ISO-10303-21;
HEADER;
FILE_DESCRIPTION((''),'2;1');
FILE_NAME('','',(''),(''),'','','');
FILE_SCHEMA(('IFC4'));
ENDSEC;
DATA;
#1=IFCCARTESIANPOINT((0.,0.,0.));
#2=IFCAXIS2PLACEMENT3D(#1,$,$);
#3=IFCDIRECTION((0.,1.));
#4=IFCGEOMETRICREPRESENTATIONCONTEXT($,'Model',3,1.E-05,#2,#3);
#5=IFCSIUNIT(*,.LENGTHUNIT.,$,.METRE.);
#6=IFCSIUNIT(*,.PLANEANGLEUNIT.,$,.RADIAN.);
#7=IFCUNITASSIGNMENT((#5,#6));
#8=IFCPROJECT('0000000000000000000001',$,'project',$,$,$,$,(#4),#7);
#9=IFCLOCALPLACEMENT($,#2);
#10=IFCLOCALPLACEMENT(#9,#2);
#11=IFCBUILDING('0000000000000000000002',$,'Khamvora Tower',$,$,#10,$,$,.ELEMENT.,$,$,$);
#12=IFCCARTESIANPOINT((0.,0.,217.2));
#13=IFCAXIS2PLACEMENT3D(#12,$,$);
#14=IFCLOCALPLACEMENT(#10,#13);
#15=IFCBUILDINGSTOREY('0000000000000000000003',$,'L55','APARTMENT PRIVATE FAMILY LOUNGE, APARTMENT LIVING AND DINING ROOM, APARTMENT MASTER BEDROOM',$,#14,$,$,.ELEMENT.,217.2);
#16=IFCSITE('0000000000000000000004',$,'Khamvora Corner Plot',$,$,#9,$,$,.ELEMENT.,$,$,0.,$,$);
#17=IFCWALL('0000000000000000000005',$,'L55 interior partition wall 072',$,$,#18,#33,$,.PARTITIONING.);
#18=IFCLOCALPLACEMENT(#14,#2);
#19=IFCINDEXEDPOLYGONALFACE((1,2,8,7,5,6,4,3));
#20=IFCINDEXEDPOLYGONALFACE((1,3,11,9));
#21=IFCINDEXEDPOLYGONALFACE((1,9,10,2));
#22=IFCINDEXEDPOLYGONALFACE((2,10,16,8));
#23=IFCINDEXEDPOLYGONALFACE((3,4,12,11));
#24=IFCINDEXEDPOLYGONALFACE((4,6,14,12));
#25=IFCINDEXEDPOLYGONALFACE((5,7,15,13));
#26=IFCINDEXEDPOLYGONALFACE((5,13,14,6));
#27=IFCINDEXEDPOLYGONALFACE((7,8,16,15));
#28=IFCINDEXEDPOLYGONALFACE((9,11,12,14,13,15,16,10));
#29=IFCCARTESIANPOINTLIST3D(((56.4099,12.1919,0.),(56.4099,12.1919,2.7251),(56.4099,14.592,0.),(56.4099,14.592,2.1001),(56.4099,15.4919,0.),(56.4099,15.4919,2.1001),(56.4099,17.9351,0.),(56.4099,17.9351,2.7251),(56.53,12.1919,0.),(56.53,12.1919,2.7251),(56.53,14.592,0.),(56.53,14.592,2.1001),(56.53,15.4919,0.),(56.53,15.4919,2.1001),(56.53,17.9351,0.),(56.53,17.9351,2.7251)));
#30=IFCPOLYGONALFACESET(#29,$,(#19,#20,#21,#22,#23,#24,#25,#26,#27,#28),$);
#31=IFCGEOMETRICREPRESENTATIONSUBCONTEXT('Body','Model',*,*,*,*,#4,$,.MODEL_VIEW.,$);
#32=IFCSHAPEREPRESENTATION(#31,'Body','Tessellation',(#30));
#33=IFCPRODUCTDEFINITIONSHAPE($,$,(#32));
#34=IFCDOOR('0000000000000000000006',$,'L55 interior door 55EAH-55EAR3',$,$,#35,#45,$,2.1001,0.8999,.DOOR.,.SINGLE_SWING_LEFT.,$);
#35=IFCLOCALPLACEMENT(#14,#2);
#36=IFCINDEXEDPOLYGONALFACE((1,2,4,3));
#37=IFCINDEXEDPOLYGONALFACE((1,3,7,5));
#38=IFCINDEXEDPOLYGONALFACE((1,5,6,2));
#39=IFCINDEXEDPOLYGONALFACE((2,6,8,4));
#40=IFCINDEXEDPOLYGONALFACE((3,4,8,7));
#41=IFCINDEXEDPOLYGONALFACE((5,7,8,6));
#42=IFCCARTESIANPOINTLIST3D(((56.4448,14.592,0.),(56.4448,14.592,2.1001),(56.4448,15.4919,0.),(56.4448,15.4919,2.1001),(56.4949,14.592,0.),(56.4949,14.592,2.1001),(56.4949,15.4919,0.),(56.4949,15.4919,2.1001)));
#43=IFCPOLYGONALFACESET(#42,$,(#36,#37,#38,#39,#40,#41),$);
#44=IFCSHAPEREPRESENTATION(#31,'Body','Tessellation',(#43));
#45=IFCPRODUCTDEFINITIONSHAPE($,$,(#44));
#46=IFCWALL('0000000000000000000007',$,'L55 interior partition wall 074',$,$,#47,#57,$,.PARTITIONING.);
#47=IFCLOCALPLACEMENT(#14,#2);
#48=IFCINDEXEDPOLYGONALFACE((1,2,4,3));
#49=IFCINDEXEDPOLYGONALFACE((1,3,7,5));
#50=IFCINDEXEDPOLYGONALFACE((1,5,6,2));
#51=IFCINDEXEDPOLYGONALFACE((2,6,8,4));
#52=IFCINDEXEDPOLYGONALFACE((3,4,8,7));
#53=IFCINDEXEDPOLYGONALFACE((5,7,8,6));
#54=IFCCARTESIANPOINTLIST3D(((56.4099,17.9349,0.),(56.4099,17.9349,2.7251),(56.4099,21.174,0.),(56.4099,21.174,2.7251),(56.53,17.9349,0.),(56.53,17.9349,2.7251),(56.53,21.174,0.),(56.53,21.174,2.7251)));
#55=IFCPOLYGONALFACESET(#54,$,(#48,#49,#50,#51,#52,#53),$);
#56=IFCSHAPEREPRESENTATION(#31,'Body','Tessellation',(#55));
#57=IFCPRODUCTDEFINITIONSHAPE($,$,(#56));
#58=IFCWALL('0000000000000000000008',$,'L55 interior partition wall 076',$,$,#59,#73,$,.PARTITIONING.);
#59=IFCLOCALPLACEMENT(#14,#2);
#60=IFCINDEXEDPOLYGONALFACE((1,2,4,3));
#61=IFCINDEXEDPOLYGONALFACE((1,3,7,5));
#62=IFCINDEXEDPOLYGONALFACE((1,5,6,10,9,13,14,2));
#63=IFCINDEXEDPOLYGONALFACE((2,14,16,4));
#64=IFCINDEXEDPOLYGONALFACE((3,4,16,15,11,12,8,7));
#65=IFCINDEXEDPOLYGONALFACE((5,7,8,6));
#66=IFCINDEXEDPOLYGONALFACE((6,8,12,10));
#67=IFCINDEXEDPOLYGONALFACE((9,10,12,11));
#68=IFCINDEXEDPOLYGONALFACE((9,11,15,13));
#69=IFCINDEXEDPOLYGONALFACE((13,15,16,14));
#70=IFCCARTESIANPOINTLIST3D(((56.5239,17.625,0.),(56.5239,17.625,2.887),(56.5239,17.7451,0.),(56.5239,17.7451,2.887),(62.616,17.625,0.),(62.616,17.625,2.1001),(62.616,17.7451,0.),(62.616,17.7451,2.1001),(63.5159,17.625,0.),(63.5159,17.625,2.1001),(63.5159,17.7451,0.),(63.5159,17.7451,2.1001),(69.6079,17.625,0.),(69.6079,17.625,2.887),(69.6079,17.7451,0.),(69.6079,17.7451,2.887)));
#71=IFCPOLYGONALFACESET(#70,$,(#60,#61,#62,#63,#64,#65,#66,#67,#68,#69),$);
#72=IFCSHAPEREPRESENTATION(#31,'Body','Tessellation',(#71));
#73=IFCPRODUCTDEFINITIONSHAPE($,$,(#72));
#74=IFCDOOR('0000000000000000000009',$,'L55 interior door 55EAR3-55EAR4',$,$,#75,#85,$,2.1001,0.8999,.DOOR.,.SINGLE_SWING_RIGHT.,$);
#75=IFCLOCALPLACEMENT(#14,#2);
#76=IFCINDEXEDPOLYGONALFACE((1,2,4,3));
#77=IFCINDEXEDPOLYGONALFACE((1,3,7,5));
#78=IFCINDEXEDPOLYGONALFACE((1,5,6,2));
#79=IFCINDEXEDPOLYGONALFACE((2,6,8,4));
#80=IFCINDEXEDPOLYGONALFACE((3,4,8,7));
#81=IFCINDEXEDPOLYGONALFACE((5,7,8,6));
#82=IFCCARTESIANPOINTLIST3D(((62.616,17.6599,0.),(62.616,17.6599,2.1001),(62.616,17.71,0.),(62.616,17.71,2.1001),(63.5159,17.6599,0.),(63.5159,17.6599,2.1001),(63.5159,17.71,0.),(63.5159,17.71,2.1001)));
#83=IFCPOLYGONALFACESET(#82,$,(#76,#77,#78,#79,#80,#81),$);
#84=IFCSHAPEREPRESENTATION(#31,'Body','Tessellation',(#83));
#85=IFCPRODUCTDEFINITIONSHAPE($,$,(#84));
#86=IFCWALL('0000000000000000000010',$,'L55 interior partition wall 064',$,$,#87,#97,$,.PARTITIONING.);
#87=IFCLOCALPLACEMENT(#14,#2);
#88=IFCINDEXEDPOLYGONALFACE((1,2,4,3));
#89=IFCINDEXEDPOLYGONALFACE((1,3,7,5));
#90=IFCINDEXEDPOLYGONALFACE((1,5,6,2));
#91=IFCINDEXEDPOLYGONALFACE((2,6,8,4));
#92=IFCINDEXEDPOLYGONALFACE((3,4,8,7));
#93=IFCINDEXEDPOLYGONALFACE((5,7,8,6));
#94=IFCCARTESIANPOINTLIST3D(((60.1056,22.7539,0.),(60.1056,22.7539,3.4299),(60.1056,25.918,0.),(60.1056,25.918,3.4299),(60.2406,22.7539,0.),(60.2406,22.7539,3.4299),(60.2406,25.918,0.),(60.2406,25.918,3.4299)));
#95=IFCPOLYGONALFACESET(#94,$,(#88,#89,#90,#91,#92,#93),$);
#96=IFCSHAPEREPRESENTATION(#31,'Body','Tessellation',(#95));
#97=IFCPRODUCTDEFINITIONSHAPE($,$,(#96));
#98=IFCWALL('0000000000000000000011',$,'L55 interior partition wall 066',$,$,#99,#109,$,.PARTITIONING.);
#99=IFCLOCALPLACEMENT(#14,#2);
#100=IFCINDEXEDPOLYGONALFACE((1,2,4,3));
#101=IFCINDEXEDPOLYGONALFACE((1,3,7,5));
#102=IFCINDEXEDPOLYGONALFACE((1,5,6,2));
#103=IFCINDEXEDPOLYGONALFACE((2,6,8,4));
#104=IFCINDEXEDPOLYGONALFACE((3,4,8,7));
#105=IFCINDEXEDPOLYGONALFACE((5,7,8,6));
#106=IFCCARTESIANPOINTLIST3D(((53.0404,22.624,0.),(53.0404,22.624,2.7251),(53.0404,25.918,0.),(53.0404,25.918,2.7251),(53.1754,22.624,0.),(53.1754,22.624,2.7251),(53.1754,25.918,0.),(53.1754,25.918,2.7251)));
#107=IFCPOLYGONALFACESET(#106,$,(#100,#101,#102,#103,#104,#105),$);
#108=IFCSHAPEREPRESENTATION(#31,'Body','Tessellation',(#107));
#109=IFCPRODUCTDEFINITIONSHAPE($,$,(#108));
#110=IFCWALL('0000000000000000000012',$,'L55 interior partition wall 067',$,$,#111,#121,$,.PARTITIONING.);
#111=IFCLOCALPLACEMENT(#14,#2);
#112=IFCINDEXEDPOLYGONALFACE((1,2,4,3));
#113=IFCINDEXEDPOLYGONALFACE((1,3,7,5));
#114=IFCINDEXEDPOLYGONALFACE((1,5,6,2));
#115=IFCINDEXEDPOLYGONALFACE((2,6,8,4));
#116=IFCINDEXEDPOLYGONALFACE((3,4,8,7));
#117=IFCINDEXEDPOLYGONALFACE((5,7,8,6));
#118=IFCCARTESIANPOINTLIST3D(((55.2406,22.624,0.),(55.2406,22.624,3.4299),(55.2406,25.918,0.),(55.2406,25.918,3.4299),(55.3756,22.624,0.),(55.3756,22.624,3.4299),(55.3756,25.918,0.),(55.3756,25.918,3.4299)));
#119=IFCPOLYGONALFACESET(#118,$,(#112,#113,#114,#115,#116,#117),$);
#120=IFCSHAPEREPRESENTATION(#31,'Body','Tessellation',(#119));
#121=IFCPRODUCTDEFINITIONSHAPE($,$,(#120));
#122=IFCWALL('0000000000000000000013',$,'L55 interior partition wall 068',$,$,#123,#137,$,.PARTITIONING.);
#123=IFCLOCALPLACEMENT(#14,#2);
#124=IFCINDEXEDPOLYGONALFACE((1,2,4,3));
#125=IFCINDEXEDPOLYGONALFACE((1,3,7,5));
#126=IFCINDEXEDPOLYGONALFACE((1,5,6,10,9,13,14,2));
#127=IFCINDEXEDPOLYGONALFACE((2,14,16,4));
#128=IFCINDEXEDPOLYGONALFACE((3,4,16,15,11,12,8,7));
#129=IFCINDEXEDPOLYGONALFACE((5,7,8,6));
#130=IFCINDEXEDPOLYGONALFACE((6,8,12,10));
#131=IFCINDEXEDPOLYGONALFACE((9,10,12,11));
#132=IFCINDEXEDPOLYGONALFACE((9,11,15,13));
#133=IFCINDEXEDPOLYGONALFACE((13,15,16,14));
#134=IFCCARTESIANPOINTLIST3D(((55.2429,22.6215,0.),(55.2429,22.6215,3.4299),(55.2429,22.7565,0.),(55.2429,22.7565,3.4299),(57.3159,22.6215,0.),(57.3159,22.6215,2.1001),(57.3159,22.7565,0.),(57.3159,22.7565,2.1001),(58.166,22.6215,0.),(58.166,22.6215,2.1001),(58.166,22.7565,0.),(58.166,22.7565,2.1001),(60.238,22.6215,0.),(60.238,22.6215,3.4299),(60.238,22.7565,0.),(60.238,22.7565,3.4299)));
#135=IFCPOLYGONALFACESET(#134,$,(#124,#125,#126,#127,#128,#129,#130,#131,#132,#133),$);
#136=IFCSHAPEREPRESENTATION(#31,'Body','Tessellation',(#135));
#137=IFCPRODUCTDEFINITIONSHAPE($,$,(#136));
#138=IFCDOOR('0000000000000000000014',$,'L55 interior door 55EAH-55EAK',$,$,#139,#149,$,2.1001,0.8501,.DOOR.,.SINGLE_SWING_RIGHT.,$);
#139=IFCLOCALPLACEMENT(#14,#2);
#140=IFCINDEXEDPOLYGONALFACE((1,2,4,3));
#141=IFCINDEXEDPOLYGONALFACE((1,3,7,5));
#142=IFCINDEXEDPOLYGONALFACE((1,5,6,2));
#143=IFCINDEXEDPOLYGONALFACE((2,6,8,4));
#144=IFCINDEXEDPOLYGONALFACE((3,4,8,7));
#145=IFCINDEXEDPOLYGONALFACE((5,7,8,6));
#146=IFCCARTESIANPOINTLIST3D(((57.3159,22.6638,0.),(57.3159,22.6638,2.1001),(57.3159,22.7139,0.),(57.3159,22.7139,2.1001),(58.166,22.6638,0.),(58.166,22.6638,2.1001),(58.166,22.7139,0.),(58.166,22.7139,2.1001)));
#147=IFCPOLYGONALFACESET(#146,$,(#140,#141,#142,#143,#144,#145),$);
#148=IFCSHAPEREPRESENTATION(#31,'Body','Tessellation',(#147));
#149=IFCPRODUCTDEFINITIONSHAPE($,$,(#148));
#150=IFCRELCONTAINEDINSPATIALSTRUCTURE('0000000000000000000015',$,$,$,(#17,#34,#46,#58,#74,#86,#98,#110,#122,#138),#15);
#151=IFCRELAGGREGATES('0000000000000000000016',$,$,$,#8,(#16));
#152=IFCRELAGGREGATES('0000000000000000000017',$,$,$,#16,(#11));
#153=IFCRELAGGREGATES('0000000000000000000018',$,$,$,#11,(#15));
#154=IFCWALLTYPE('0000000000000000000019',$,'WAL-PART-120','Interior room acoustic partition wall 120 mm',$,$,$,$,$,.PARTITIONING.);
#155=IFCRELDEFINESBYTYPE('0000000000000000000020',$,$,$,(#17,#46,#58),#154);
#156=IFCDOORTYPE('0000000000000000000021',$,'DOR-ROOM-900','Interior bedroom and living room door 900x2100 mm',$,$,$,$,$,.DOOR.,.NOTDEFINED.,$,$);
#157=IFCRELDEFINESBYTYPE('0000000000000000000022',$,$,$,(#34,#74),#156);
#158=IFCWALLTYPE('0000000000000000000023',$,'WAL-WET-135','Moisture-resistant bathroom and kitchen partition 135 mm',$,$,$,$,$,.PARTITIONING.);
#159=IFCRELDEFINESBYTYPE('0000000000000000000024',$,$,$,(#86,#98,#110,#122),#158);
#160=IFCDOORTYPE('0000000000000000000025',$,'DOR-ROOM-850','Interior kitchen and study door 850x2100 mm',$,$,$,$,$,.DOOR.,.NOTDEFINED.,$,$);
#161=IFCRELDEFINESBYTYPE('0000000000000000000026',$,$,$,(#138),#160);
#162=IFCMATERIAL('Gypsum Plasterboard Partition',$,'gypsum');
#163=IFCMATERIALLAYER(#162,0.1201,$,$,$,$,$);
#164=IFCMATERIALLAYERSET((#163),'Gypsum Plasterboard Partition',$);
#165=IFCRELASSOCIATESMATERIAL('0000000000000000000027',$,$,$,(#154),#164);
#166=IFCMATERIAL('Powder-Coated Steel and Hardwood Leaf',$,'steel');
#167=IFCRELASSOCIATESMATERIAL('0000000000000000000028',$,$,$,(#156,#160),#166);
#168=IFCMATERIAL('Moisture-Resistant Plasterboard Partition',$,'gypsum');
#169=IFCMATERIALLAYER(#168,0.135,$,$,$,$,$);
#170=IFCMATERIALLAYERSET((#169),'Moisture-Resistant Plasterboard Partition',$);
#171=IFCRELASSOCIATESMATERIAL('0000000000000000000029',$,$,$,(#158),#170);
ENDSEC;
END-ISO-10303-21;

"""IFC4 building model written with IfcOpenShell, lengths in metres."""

from ifc_helpers import new_model, si_unit, direction, frame, frame_2d, origin, place, context, subcontext, project, spatial, rectangle, extrude, material, layer, layer_set, type_object, element, fill, save


model = new_model("IFC4")

# Units and contexts
model_context = context("Model", 3, precision=1e-05, world=origin(), true_north=direction((0.0, 1.0)))
body_context = subcontext(model_context, "Body", "Model", "MODEL_VIEW")
ifc_project = project(units=[si_unit("LENGTHUNIT", "METRE"), si_unit("PLANEANGLEUNIT", "RADIAN")], contexts=[model_context])

# Site, building, storey
site_placement = place(None, origin())
site = spatial("IfcSite", under=ifc_project, at=site_placement, Name="Khamvora Corner Plot", CompositionType="ELEMENT", RefElevation=0.0)
building_placement = place(site_placement, origin())
building = spatial("IfcBuilding", under=site, at=building_placement, Name="Khamvora Tower", CompositionType="ELEMENT")
storey_placement = place(building_placement, frame((0.0, 0.0, 217.2)))
storey = spatial("IfcBuildingStorey", under=building, at=storey_placement, Name="L55", Description="APARTMENT PRIVATE FAMILY LOUNGE, APARTMENT LIVING AND DINING ROOM, APARTMENT MASTER BEDROOM", CompositionType="ELEMENT", Elevation=217.2)

# Shared definitions
ifc_material_1 = material(Name="Gypsum Plasterboard Partition", Category="gypsum")
ifc_layer_1 = layer(ifc_material_1, 0.1201)
ifc_layer_set_1 = layer_set([ifc_layer_1], Name="Gypsum Plasterboard Partition")
wall_type_1 = type_object("IfcWallType", Name="WAL-PART-120", Description="Interior room acoustic partition wall 120 mm", PredefinedType="PARTITIONING", material=ifc_layer_set_1)
ifc_material_2 = material(Name="Powder-Coated Steel and Hardwood Leaf", Category="steel")
door_type_1 = type_object("IfcDoorType", Name="DOR-ROOM-900", Description="Interior bedroom and living room door 900x2100 mm", OperationType="NOTDEFINED", PredefinedType="DOOR", material=ifc_material_2)

# Wall, opening, door
wall_1_placement = place(storey_placement, frame((56.47, 17.9351, 0.0), z_axis=(0.0, 0.0, 1.0), x_axis=(0.0, -1.0, 0.0)))
wall_1 = element("IfcWall", 1, at=wall_1_placement, inside=storey, type_object=wall_type_1, Name="L55 interior partition wall 072", PredefinedType="PARTITIONING", context=body_context, shape_type="SweptSolid", body=[
    extrude(rectangle(XDim=5.7432, YDim=0.1201, at=frame_2d((2.8716, 0.0))), origin(), (0.0, 0.0, 1.0), 2.7251),
])
opening_1_placement = place(wall_1_placement, frame((2.4431, 0.0, 0.0)))
opening_1 = element("IfcOpeningElement", 2, at=opening_1_placement, cuts=wall_1, PredefinedType="OPENING", context=body_context, shape_type="SweptSolid", body=[
    extrude(rectangle(XDim=0.8999, YDim=2.1001, at=frame_2d((0.45, 1.05))), frame((0.0, 0.0701, 0.0), z_axis=(0.0, -1.0, 0.0), x_axis=(1.0, 0.0, 0.0)), (0.0, 0.0, 1.0), 0.1401),
])
door_1_placement = place(opening_1_placement, origin())
door_1 = element("IfcDoor", 3, at=door_1_placement, inside=storey, type_object=door_type_1, Name="L55 interior door 55EAH-55EAR3", OperationType="SINGLE_SWING_LEFT", OverallHeight=2.1001, OverallWidth=0.8999, PredefinedType="DOOR", context=body_context, shape_type="SweptSolid", body=[
    extrude(rectangle(XDim=0.8999, YDim=2.1001, at=frame_2d((0.45, 1.05))), frame((0.0, 0.0249, 0.0), z_axis=(0.0, -1.0, 0.0), x_axis=(1.0, 0.0, 0.0)), (0.0, 0.0, 1.0), 0.05),
])
fill(opening_1, door_1)

# Wall
wall_2_placement = place(storey_placement, frame((56.47, 21.1741, 0.0), z_axis=(0.0, 0.0, 1.0), x_axis=(0.0, -1.0, 0.0)))
element("IfcWall", 4, at=wall_2_placement, inside=storey, type_object=wall_type_1, Name="L55 interior partition wall 074", PredefinedType="PARTITIONING", context=body_context, shape_type="SweptSolid", body=[
    extrude(rectangle(XDim=3.239, YDim=0.1201, at=frame_2d((1.6196, 0.0))), origin(), (0.0, 0.0, 1.0), 2.7251),
])

# Wall, opening, door
wall_3_placement = place(storey_placement, frame((56.5239, 17.6851, 0.0), z_axis=(0.0, 0.0, 1.0), x_axis=(1.0, 0.0, 0.0)))
wall_3 = element("IfcWall", 5, at=wall_3_placement, inside=storey, type_object=wall_type_1, Name="L55 interior partition wall 076", PredefinedType="PARTITIONING", context=body_context, shape_type="SweptSolid", body=[
    extrude(rectangle(XDim=13.084, YDim=0.1201, at=frame_2d((6.542, 0.0))), origin(), (0.0, 0.0, 1.0), 2.887),
])
opening_2_placement = place(wall_3_placement, frame((6.092, 0.0, 0.0)))
opening_2 = element("IfcOpeningElement", 6, at=opening_2_placement, cuts=wall_3, PredefinedType="OPENING", context=body_context, shape_type="SweptSolid", body=[
    extrude(rectangle(XDim=0.8999, YDim=2.1001, at=frame_2d((0.45, 1.05))), frame((0.0, 0.0701, 0.0), z_axis=(0.0, -1.0, 0.0), x_axis=(1.0, 0.0, 0.0)), (0.0, 0.0, 1.0), 0.1401),
])
door_2_placement = place(opening_2_placement, origin())
door_2 = element("IfcDoor", 7, at=door_2_placement, inside=storey, type_object=door_type_1, Name="L55 interior door 55EAR3-55EAR4", OperationType="SINGLE_SWING_RIGHT", OverallHeight=2.1001, OverallWidth=0.8999, PredefinedType="DOOR", context=body_context, shape_type="SweptSolid", body=[
    extrude(rectangle(XDim=0.8999, YDim=2.1001, at=frame_2d((0.45, 1.05))), frame((0.0, 0.0249, 0.0), z_axis=(0.0, -1.0, 0.0), x_axis=(1.0, 0.0, 0.0)), (0.0, 0.0, 1.0), 0.05),
])
fill(opening_2, door_2)

# Walls
ifc_material_3 = material(Name="Moisture-Resistant Plasterboard Partition", Category="gypsum")
ifc_layer_2 = layer(ifc_material_3, 0.135)
ifc_layer_set_2 = layer_set([ifc_layer_2], Name="Moisture-Resistant Plasterboard Partition")
wall_type_2 = type_object("IfcWallType", Name="WAL-WET-135", Description="Moisture-resistant bathroom and kitchen partition 135 mm", PredefinedType="PARTITIONING", material=ifc_layer_set_2)
wall_4_placement = place(storey_placement, frame((60.1731, 22.7539, 0.0), z_axis=(0.0, 0.0, 1.0), x_axis=(0.0, 1.0, 0.0)))
element("IfcWall", 8, at=wall_4_placement, inside=storey, type_object=wall_type_2, Name="L55 interior partition wall 064", PredefinedType="PARTITIONING", context=body_context, shape_type="SweptSolid", body=[
    extrude(rectangle(XDim=3.1641, YDim=0.135, at=frame_2d((1.582, 0.0))), origin(), (0.0, 0.0, 1.0), 3.4299),
])
wall_5_placement = place(storey_placement, frame((53.1079, 22.624, 0.0), z_axis=(0.0, 0.0, 1.0), x_axis=(0.0, 1.0, 0.0)))
element("IfcWall", 9, at=wall_5_placement, inside=storey, type_object=wall_type_2, Name="L55 interior partition wall 066", PredefinedType="PARTITIONING", context=body_context, shape_type="SweptSolid", body=[
    extrude(rectangle(XDim=3.2939, YDim=0.135, at=frame_2d((1.647, 0.0))), origin(), (0.0, 0.0, 1.0), 2.7251),
])
wall_6_placement = place(storey_placement, frame((55.3081, 25.918, 0.0), z_axis=(0.0, 0.0, 1.0), x_axis=(0.0, -1.0, 0.0)))
element("IfcWall", 10, at=wall_6_placement, inside=storey, type_object=wall_type_2, Name="L55 interior partition wall 067", PredefinedType="PARTITIONING", context=body_context, shape_type="SweptSolid", body=[
    extrude(rectangle(XDim=3.2939, YDim=0.135, at=frame_2d((1.647, 0.0))), origin(), (0.0, 0.0, 1.0), 3.4299),
])

# Wall, opening, door
wall_7_placement = place(storey_placement, frame((55.2429, 22.689, 0.0), z_axis=(0.0, 0.0, 1.0), x_axis=(1.0, 0.0, 0.0)))
wall_7 = element("IfcWall", 11, at=wall_7_placement, inside=storey, type_object=wall_type_2, Name="L55 interior partition wall 068", PredefinedType="PARTITIONING", context=body_context, shape_type="SweptSolid", body=[
    extrude(rectangle(XDim=4.9951, YDim=0.135, at=frame_2d((2.4976, 0.0))), origin(), (0.0, 0.0, 1.0), 3.4299),
])
opening_3_placement = place(wall_7_placement, frame((2.073, 0.0, 0.0)))
opening_3 = element("IfcOpeningElement", 12, at=opening_3_placement, cuts=wall_7, PredefinedType="OPENING", context=body_context, shape_type="SweptSolid", body=[
    extrude(rectangle(XDim=0.8501, YDim=2.1001, at=frame_2d((0.425, 1.05))), frame((0.0, 0.0774, 0.0), z_axis=(0.0, -1.0, 0.0), x_axis=(1.0, 0.0, 0.0)), (0.0, 0.0, 1.0), 0.155),
])
door_type_2 = type_object("IfcDoorType", Name="DOR-ROOM-850", Description="Interior kitchen and study door 850x2100 mm", OperationType="NOTDEFINED", PredefinedType="DOOR", material=ifc_material_2)
door_3_placement = place(opening_3_placement, origin())
door_3 = element("IfcDoor", 13, at=door_3_placement, inside=storey, type_object=door_type_2, Name="L55 interior door 55EAH-55EAK", OperationType="SINGLE_SWING_RIGHT", OverallHeight=2.1001, OverallWidth=0.8501, PredefinedType="DOOR", context=body_context, shape_type="SweptSolid", body=[
    extrude(rectangle(XDim=0.8501, YDim=2.1001, at=frame_2d((0.425, 1.05))), frame((0.0, 0.0249, 0.0), z_axis=(0.0, -1.0, 0.0), x_axis=(1.0, 0.0, 0.0)), (0.0, 0.0, 1.0), 0.05),
])
fill(opening_3, door_3)

save(model, "model.ifc")
